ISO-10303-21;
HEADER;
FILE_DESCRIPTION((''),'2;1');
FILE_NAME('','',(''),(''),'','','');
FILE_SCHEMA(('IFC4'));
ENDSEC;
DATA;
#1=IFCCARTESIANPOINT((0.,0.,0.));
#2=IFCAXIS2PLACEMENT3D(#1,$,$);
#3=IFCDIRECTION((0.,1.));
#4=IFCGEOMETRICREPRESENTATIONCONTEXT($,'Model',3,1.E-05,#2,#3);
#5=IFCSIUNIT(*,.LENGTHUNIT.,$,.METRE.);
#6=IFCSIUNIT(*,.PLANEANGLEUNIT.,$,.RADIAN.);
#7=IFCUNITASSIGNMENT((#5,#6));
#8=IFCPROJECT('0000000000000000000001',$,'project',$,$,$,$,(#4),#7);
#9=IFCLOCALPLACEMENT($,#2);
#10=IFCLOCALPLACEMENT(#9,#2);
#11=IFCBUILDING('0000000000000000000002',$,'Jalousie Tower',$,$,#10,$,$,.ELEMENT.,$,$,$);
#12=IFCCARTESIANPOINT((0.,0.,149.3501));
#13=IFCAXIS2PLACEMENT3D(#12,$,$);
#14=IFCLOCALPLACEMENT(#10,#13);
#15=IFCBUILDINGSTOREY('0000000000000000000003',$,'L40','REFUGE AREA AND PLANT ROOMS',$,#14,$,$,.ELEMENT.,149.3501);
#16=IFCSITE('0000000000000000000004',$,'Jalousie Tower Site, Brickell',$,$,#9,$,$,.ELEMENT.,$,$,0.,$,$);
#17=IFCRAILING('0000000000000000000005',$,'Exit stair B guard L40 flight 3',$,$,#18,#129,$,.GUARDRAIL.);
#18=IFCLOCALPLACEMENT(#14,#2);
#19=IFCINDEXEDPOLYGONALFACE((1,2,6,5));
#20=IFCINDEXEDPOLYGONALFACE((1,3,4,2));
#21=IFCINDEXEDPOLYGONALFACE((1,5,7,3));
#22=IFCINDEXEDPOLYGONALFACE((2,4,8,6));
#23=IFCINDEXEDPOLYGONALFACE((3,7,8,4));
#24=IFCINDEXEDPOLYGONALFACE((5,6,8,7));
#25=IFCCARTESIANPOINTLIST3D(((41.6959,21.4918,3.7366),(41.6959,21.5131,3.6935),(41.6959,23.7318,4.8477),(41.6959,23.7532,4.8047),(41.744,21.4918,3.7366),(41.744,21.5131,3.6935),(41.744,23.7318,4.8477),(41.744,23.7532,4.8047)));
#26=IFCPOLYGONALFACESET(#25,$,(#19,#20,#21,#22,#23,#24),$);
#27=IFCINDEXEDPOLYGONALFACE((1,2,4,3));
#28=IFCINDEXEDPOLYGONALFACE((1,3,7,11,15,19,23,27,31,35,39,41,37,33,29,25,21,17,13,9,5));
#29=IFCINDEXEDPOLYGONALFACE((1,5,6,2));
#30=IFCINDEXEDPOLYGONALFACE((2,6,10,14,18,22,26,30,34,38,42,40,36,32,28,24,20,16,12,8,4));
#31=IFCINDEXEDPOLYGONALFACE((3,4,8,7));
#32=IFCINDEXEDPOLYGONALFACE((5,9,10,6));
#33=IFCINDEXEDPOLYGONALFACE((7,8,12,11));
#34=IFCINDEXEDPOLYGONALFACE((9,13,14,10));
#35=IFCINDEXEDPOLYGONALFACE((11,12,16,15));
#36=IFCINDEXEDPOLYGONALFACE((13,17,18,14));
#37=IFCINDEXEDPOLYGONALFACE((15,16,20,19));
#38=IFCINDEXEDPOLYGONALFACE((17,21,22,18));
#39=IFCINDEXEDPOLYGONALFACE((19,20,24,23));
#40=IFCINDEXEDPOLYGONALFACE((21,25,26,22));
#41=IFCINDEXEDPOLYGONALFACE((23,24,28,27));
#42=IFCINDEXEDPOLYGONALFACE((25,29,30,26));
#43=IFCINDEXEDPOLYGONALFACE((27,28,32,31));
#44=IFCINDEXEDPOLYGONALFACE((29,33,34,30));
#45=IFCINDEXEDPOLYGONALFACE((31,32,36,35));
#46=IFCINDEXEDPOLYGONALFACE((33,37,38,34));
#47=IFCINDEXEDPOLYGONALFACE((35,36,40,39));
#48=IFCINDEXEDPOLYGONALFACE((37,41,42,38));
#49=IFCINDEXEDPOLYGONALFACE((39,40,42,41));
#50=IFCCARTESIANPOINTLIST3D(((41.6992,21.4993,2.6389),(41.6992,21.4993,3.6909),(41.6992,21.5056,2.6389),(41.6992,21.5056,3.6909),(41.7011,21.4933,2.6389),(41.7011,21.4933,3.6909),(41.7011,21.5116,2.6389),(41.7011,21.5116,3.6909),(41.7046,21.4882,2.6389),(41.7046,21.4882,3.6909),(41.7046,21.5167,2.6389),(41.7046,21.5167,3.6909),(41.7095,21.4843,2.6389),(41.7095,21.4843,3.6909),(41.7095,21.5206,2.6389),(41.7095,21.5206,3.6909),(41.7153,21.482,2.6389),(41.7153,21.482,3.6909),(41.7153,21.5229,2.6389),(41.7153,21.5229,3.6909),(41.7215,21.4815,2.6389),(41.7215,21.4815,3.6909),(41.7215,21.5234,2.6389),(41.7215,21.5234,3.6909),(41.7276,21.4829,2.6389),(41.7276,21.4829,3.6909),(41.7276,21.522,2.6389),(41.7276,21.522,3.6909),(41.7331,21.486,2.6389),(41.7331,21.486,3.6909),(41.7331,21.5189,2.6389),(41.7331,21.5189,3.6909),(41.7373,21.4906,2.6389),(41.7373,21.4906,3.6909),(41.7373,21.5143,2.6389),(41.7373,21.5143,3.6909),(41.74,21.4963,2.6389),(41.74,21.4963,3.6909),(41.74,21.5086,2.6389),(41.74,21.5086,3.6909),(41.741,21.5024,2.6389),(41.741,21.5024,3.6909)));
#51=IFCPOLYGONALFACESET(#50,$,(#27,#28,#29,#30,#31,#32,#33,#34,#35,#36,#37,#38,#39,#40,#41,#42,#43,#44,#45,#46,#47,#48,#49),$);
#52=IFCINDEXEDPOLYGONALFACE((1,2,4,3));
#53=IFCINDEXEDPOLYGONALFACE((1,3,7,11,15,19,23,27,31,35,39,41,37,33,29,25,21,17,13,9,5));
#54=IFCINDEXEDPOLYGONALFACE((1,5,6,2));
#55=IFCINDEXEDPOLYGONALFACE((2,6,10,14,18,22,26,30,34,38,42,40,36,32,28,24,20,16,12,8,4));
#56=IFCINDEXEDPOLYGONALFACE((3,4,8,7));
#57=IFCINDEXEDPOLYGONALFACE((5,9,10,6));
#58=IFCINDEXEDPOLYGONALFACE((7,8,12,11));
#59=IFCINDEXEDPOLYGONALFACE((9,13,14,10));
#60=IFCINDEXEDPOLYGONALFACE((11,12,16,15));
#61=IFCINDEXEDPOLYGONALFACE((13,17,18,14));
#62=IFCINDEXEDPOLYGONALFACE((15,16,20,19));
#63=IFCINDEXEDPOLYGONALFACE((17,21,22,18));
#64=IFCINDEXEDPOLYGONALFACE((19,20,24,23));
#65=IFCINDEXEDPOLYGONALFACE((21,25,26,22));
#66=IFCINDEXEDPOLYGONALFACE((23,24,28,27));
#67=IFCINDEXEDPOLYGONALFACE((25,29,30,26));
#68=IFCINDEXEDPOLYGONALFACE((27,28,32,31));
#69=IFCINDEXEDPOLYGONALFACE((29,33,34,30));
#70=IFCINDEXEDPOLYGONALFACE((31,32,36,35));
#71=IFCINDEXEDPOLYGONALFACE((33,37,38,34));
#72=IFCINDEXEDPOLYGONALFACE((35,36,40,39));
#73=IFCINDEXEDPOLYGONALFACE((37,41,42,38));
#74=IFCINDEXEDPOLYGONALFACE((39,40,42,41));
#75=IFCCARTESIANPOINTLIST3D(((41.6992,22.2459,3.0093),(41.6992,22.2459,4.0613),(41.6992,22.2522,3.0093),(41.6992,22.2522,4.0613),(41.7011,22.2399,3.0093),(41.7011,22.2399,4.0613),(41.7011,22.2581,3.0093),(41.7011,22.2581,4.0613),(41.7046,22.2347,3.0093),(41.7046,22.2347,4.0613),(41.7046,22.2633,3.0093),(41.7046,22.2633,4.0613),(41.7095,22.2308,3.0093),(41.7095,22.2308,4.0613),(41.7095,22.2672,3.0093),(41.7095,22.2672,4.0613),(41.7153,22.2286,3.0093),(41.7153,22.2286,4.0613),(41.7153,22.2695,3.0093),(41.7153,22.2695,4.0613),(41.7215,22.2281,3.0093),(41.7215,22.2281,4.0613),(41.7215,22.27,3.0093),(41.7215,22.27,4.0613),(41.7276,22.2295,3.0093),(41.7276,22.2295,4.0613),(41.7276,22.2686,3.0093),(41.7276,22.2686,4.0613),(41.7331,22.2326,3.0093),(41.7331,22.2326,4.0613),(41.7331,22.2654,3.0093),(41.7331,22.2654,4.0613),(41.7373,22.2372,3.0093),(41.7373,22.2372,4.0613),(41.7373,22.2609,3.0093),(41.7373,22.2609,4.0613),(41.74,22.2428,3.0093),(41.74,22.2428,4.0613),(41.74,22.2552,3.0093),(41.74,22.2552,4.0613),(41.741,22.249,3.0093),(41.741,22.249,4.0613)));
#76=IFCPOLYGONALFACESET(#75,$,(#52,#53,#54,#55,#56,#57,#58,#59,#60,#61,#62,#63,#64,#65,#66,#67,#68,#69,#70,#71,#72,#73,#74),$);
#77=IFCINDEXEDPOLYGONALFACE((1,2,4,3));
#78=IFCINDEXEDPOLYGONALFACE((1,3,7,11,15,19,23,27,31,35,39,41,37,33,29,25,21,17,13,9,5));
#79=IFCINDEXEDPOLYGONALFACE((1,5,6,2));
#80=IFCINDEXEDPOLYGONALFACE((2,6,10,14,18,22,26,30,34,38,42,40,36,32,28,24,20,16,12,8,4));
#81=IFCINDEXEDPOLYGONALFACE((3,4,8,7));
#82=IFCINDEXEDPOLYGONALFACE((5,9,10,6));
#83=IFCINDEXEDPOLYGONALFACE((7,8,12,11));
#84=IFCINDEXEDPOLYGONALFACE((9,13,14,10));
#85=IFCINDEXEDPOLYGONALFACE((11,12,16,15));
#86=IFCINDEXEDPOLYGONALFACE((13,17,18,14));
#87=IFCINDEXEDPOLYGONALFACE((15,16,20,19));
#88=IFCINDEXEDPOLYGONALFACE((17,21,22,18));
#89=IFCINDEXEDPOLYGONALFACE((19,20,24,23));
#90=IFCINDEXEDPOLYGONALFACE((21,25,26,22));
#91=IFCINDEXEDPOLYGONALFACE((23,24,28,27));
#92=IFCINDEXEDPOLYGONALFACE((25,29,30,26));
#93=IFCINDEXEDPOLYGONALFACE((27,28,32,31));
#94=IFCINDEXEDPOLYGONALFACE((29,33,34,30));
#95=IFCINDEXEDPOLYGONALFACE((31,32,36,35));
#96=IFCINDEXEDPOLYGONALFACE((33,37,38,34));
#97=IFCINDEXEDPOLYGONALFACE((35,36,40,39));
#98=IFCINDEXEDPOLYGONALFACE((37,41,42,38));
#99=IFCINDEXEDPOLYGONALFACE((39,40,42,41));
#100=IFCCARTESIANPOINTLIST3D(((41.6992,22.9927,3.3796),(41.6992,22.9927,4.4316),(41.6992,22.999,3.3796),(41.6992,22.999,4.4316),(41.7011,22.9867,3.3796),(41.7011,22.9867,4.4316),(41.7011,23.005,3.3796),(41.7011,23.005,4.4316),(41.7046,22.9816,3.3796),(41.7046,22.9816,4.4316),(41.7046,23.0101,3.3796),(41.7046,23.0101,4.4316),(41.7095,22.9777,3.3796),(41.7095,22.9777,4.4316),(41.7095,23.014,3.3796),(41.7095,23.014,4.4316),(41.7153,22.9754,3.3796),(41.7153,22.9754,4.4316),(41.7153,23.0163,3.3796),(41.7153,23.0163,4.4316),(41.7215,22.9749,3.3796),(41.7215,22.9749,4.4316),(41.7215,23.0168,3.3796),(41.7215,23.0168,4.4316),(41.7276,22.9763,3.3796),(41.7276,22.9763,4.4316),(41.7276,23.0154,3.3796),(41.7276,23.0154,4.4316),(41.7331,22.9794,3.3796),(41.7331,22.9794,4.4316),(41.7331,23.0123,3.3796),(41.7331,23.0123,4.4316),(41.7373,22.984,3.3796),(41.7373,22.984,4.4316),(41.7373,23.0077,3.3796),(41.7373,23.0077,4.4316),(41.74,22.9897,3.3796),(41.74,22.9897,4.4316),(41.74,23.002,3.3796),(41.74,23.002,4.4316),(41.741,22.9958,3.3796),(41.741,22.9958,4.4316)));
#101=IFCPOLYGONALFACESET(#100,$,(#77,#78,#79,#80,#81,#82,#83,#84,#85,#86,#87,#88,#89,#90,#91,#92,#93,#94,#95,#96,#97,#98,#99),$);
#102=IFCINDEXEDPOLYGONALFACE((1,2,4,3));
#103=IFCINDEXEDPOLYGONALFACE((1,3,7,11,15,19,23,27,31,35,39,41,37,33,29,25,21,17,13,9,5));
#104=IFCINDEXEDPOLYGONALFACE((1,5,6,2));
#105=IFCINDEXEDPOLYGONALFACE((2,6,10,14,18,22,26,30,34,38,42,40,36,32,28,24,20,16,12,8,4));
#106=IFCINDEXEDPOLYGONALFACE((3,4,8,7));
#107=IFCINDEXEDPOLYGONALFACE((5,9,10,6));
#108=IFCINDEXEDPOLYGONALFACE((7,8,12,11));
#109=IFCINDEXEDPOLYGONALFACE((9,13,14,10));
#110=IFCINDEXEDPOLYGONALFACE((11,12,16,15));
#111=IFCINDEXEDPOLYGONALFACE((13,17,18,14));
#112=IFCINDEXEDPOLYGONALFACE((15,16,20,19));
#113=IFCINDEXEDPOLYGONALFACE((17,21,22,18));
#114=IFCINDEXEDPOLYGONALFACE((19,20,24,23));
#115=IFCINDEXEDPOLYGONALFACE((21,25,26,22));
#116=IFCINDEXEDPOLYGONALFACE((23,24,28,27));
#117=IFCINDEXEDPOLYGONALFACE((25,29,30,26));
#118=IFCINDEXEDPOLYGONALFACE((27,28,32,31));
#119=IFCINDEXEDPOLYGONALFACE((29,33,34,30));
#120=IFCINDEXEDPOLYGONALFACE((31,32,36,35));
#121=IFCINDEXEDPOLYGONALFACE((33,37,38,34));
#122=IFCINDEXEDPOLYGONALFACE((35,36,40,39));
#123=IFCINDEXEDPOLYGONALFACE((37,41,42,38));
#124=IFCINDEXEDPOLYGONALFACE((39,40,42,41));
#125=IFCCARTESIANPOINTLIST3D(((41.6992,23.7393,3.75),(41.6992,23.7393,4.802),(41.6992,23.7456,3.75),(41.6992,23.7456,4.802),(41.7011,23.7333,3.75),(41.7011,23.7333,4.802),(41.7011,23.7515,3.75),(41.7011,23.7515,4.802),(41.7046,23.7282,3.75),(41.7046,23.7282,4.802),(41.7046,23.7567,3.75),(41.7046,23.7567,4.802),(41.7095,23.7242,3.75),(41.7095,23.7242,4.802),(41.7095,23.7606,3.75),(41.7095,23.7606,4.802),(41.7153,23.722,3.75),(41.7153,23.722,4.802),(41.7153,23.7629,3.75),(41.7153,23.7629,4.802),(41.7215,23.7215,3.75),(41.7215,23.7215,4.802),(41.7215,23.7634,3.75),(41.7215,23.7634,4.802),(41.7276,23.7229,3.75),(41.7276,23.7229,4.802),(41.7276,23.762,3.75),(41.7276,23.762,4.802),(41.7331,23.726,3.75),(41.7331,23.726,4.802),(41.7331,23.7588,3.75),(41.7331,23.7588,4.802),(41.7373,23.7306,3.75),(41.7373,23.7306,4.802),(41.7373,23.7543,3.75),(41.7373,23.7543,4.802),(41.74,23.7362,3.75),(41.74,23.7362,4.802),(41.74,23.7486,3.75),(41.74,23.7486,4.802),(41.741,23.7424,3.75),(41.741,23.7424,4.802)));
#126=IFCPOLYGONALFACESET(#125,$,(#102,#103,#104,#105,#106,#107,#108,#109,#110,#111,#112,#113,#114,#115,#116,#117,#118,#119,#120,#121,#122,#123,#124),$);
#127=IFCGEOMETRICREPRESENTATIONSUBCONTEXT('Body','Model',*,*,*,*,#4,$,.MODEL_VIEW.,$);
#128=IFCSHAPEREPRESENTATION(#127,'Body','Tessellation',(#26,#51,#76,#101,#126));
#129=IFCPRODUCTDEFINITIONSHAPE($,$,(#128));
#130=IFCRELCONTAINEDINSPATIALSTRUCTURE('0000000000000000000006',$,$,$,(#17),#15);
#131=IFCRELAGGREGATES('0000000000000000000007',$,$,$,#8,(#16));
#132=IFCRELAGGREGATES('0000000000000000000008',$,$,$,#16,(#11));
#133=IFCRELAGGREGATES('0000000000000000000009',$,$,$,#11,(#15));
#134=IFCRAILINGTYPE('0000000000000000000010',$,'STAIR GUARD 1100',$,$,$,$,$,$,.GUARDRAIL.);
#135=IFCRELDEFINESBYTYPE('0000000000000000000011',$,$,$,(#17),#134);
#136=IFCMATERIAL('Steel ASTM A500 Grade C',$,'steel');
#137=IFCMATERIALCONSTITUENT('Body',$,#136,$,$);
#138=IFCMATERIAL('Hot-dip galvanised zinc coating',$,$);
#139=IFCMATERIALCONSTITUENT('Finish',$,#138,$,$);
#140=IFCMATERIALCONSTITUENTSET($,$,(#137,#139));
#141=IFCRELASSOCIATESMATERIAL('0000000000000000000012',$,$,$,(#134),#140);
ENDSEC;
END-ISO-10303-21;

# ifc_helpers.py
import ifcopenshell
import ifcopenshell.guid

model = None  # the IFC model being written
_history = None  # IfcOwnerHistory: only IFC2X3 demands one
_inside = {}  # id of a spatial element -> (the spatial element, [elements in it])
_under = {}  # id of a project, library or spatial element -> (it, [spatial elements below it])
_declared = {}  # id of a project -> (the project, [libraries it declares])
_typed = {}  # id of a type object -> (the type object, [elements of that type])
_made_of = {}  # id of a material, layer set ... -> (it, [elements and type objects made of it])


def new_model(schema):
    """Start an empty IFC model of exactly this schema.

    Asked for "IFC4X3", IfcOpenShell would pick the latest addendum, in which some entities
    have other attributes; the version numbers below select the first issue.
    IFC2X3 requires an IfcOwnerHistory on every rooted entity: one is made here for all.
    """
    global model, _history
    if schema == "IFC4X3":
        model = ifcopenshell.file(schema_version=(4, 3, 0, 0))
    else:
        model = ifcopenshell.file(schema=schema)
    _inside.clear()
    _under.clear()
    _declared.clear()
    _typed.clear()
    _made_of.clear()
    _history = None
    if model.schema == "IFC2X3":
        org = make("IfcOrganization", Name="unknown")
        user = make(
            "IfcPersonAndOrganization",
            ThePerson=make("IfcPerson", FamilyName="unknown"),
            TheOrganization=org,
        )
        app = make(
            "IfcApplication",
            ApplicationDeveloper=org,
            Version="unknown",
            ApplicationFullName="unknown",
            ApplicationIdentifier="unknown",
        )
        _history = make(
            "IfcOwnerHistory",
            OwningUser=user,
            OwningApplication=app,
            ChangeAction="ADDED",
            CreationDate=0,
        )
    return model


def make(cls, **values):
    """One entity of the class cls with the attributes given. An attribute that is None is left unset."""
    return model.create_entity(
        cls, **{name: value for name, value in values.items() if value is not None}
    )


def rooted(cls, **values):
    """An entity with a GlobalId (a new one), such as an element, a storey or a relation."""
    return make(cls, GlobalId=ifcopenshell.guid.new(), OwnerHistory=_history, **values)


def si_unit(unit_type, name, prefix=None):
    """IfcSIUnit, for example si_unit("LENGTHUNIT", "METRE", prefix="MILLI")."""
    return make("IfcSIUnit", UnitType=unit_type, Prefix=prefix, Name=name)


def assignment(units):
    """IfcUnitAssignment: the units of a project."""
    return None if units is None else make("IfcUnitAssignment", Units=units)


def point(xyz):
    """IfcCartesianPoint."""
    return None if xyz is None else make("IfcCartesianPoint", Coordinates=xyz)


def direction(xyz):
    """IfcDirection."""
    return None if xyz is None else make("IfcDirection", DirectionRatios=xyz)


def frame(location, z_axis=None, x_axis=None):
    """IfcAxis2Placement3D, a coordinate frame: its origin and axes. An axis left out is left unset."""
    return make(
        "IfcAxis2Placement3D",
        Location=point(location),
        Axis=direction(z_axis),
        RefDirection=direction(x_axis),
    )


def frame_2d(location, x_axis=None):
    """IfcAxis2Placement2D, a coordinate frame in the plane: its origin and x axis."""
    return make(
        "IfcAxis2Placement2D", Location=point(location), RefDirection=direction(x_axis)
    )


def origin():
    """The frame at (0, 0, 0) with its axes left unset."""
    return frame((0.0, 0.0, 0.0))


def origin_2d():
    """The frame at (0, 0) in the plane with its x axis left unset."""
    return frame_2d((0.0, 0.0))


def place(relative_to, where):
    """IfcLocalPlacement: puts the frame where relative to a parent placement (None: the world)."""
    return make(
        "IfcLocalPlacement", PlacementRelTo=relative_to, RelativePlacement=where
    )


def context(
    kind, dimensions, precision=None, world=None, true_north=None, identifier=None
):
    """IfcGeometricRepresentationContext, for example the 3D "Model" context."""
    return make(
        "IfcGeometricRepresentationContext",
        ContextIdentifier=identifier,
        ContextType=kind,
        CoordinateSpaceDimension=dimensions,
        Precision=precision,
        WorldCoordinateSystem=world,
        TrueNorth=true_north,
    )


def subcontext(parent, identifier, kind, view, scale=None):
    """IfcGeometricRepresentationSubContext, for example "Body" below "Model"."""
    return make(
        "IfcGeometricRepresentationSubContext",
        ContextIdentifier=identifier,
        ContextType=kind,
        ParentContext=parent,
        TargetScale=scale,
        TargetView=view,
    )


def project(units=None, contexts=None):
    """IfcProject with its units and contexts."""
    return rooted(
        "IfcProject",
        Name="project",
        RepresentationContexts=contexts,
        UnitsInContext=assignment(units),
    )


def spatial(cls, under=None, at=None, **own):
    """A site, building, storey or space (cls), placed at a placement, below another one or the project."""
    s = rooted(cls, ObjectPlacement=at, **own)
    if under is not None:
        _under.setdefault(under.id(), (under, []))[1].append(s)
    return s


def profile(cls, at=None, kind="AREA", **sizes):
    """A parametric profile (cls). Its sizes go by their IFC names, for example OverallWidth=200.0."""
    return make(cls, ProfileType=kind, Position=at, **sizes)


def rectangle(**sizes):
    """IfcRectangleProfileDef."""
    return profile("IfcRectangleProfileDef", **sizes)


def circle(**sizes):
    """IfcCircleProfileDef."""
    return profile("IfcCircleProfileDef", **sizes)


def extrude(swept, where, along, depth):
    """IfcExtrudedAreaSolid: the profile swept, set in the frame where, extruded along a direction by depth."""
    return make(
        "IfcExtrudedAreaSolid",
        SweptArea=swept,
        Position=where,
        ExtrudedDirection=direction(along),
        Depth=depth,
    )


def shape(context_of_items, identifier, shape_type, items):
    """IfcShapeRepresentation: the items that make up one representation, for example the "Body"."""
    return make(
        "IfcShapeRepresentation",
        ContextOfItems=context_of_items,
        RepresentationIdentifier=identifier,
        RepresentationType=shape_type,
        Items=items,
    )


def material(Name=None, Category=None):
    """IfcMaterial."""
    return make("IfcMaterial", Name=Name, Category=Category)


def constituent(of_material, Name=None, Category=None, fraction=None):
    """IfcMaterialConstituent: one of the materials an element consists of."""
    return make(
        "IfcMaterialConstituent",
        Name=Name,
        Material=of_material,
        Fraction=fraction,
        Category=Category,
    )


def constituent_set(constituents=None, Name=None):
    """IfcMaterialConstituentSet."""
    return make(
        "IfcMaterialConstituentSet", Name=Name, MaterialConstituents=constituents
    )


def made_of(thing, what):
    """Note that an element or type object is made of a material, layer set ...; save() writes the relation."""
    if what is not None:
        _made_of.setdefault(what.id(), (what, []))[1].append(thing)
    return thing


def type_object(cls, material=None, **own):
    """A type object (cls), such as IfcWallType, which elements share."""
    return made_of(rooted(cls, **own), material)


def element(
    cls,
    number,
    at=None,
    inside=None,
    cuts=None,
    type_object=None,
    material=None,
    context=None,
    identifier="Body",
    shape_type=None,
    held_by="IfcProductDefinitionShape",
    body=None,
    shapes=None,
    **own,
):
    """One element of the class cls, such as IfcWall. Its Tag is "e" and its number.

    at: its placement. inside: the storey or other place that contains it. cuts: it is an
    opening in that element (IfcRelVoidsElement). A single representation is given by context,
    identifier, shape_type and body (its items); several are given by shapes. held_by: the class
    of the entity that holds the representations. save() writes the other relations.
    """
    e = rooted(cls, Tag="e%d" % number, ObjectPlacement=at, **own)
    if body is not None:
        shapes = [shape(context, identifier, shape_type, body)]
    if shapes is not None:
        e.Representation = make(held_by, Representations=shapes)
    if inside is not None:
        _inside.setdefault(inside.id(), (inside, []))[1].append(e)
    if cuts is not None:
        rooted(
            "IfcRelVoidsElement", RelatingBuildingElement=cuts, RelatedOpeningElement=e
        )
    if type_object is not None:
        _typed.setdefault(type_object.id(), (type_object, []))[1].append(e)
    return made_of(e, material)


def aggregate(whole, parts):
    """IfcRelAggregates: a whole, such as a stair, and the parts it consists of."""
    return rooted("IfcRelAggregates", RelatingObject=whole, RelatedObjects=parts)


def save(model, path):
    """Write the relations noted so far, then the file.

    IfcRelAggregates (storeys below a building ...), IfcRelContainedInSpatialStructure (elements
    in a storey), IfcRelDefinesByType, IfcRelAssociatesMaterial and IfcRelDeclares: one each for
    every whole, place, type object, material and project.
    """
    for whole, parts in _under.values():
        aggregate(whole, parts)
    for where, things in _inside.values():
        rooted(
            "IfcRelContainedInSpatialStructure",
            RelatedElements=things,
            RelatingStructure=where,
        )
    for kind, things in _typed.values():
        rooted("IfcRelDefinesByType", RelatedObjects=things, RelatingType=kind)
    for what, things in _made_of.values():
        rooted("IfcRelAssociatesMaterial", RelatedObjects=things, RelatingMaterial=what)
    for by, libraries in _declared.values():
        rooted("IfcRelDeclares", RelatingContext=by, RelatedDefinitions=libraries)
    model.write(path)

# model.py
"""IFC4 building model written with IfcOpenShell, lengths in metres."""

from ifc_helpers import new_model, si_unit, direction, frame, origin, origin_2d, place, context, subcontext, project, spatial, rectangle, circle, extrude, material, constituent, constituent_set, type_object, element, save


model = new_model("IFC4")

# Units and contexts
model_context = context("Model", 3, precision=1e-05, world=origin(), true_north=direction((0.0, 1.0)))
body_context = subcontext(model_context, "Body", "Model", "MODEL_VIEW")
ifc_project = project(units=[si_unit("LENGTHUNIT", "METRE"), si_unit("PLANEANGLEUNIT", "RADIAN")], contexts=[model_context])

# Site, building, storey
site_placement = place(None, origin())
site = spatial("IfcSite", under=ifc_project, at=site_placement, Name="Jalousie Tower Site, Brickell", CompositionType="ELEMENT", RefElevation=0.0)
building_placement = place(site_placement, origin())
building = spatial("IfcBuilding", under=site, at=building_placement, Name="Jalousie Tower", CompositionType="ELEMENT")
storey_placement = place(building_placement, frame((0.0, 0.0, 149.3501)))
storey = spatial("IfcBuildingStorey", under=building, at=storey_placement, Name="L40", Description="REFUGE AREA AND PLANT ROOMS", CompositionType="ELEMENT", Elevation=149.3501)

# Railing
ifc_material_1 = material(Name="Steel ASTM A500 Grade C", Category="steel")
ifc_constituent_1 = constituent(ifc_material_1, Name="Body")
ifc_material_2 = material(Name="Hot-dip galvanised zinc coating")
ifc_constituent_2 = constituent(ifc_material_2, Name="Finish")
ifc_constituent_set_1 = constituent_set(constituents=[ifc_constituent_1, ifc_constituent_2])
railing_type_1 = type_object("IfcRailingType", Name="STAIR GUARD 1100", PredefinedType="GUARDRAIL", material=ifc_constituent_set_1)
railing_1_placement = place(storey_placement, frame((41.72, 21.5024, 2.6389)))
element("IfcRailing", 1, at=railing_1_placement, inside=storey, type_object=railing_type_1, Name="Exit stair B guard L40 flight 3", PredefinedType="GUARDRAIL", context=body_context, shape_type="SweptSolid", body=[
    extrude(rectangle(XDim=0.0481, YDim=0.0481, at=origin_2d()), frame((0.0, 0.0, 1.0762), z_axis=(0.0, 0.895848, 0.44436), x_axis=(-1.0, 0.0, 0.0)), (0.0, 0.0, 1.0), 2.5005),
    extrude(circle(Radius=0.021, at=origin_2d()), origin(), (0.0, 0.0, 1.0), 1.052),
    extrude(circle(Radius=0.021, at=origin_2d()), frame((0.0, 0.7466, 0.3704)), (0.0, 0.0, 1.0), 1.052),
    extrude(circle(Radius=0.021, at=origin_2d()), frame((0.0, 1.4934, 0.7407)), (0.0, 0.0, 1.0), 1.052),
    extrude(circle(Radius=0.021, at=origin_2d()), frame((0.0, 2.24, 1.1111)), (0.0, 0.0, 1.0), 1.052),
])

save(model, "model.ifc")
